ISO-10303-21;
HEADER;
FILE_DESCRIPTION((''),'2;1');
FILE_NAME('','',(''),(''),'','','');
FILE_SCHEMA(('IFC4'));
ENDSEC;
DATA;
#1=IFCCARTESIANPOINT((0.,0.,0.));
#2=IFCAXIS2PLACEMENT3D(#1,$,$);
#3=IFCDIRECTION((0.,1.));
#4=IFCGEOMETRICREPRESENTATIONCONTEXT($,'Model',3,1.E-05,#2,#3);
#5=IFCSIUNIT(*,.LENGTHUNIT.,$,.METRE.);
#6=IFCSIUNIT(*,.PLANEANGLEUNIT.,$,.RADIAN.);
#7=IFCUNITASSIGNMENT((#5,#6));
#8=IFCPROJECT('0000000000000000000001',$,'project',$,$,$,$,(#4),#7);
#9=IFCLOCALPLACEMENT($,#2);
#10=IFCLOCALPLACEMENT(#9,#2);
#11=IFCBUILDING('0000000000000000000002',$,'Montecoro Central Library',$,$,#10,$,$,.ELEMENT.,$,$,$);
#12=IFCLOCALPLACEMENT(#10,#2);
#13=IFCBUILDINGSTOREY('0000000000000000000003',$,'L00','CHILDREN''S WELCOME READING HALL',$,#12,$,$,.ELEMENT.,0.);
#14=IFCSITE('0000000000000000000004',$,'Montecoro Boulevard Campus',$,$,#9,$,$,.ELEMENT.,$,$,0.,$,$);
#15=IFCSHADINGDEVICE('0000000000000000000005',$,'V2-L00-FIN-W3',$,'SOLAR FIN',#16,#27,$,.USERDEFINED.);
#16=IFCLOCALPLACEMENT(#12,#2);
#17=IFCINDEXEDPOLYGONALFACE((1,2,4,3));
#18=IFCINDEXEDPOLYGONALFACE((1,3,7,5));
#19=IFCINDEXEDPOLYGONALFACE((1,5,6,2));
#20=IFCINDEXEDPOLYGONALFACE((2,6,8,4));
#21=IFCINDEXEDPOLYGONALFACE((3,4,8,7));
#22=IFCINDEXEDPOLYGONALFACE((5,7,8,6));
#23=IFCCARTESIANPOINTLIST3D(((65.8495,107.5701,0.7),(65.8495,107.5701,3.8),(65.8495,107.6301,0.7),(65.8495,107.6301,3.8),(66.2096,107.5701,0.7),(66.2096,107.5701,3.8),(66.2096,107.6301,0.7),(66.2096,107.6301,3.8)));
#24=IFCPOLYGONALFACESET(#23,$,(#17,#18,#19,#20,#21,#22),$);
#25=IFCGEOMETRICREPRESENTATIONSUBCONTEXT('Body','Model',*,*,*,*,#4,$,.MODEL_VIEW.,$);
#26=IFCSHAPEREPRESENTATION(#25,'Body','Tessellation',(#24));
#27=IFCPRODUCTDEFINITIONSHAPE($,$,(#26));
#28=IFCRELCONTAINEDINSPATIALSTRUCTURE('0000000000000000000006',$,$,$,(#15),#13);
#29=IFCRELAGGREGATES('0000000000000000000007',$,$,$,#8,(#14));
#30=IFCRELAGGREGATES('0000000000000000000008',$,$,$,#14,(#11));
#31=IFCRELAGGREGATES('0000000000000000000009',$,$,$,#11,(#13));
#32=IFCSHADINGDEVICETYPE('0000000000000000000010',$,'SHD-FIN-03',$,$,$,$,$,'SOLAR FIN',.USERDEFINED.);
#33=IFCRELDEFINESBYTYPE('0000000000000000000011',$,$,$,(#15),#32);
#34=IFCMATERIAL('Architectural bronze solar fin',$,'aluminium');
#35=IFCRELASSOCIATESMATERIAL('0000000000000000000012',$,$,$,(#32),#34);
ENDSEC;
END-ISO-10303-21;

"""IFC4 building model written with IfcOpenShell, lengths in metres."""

from ifc_helpers import new_model, si_unit, direction, frame, origin, origin_2d, place, context, subcontext, project, spatial, rectangle, extrude, material, type_object, element, save


model = new_model("IFC4")

# Units and contexts
model_context = context("Model", 3, precision=1e-05, world=origin(), true_north=direction((0.0, 1.0)))
body_context = subcontext(model_context, "Body", "Model", "MODEL_VIEW")
ifc_project = project(units=[si_unit("LENGTHUNIT", "METRE"), si_unit("PLANEANGLEUNIT", "RADIAN")], contexts=[model_context])

# Site, building, storey
site_placement = place(None, origin())
site = spatial("IfcSite", under=ifc_project, at=site_placement, Name="Montecoro Boulevard Campus", CompositionType="ELEMENT", RefElevation=0.0)
building_placement = place(site_placement, origin())
building = spatial("IfcBuilding", under=site, at=building_placement, Name="Montecoro Central Library", CompositionType="ELEMENT")
storey_placement = place(building_placement, origin())
storey = spatial("IfcBuildingStorey", under=building, at=storey_placement, Name="L00", Description="CHILDREN'S WELCOME READING HALL", CompositionType="ELEMENT", Elevation=0.0)

# Shading device
ifc_material_1 = material(Name="Architectural bronze solar fin", Category="aluminium")
shading_device_type = type_object("IfcShadingDeviceType", Name="SHD-FIN-03", ElementType="SOLAR FIN", PredefinedType="USERDEFINED", material=ifc_material_1)
shading_device_placement = place(storey_placement, frame((66.0295, 107.6001, 0.7), z_axis=(0.0, 0.0, 1.0), x_axis=(0.0, -1.0, 0.0)))
element("IfcShadingDevice", 1, at=shading_device_placement, inside=storey, type_object=shading_device_type, Name="V2-L00-FIN-W3", ObjectType="SOLAR FIN", PredefinedType="USERDEFINED", context=body_context, shape_type="SweptSolid", body=[
    extrude(rectangle(XDim=0.0601, YDim=0.3601, at=origin_2d()), origin(), (0.0, 0.0, 1.0), 3.1001),
])

save(model, "model.ifc")
